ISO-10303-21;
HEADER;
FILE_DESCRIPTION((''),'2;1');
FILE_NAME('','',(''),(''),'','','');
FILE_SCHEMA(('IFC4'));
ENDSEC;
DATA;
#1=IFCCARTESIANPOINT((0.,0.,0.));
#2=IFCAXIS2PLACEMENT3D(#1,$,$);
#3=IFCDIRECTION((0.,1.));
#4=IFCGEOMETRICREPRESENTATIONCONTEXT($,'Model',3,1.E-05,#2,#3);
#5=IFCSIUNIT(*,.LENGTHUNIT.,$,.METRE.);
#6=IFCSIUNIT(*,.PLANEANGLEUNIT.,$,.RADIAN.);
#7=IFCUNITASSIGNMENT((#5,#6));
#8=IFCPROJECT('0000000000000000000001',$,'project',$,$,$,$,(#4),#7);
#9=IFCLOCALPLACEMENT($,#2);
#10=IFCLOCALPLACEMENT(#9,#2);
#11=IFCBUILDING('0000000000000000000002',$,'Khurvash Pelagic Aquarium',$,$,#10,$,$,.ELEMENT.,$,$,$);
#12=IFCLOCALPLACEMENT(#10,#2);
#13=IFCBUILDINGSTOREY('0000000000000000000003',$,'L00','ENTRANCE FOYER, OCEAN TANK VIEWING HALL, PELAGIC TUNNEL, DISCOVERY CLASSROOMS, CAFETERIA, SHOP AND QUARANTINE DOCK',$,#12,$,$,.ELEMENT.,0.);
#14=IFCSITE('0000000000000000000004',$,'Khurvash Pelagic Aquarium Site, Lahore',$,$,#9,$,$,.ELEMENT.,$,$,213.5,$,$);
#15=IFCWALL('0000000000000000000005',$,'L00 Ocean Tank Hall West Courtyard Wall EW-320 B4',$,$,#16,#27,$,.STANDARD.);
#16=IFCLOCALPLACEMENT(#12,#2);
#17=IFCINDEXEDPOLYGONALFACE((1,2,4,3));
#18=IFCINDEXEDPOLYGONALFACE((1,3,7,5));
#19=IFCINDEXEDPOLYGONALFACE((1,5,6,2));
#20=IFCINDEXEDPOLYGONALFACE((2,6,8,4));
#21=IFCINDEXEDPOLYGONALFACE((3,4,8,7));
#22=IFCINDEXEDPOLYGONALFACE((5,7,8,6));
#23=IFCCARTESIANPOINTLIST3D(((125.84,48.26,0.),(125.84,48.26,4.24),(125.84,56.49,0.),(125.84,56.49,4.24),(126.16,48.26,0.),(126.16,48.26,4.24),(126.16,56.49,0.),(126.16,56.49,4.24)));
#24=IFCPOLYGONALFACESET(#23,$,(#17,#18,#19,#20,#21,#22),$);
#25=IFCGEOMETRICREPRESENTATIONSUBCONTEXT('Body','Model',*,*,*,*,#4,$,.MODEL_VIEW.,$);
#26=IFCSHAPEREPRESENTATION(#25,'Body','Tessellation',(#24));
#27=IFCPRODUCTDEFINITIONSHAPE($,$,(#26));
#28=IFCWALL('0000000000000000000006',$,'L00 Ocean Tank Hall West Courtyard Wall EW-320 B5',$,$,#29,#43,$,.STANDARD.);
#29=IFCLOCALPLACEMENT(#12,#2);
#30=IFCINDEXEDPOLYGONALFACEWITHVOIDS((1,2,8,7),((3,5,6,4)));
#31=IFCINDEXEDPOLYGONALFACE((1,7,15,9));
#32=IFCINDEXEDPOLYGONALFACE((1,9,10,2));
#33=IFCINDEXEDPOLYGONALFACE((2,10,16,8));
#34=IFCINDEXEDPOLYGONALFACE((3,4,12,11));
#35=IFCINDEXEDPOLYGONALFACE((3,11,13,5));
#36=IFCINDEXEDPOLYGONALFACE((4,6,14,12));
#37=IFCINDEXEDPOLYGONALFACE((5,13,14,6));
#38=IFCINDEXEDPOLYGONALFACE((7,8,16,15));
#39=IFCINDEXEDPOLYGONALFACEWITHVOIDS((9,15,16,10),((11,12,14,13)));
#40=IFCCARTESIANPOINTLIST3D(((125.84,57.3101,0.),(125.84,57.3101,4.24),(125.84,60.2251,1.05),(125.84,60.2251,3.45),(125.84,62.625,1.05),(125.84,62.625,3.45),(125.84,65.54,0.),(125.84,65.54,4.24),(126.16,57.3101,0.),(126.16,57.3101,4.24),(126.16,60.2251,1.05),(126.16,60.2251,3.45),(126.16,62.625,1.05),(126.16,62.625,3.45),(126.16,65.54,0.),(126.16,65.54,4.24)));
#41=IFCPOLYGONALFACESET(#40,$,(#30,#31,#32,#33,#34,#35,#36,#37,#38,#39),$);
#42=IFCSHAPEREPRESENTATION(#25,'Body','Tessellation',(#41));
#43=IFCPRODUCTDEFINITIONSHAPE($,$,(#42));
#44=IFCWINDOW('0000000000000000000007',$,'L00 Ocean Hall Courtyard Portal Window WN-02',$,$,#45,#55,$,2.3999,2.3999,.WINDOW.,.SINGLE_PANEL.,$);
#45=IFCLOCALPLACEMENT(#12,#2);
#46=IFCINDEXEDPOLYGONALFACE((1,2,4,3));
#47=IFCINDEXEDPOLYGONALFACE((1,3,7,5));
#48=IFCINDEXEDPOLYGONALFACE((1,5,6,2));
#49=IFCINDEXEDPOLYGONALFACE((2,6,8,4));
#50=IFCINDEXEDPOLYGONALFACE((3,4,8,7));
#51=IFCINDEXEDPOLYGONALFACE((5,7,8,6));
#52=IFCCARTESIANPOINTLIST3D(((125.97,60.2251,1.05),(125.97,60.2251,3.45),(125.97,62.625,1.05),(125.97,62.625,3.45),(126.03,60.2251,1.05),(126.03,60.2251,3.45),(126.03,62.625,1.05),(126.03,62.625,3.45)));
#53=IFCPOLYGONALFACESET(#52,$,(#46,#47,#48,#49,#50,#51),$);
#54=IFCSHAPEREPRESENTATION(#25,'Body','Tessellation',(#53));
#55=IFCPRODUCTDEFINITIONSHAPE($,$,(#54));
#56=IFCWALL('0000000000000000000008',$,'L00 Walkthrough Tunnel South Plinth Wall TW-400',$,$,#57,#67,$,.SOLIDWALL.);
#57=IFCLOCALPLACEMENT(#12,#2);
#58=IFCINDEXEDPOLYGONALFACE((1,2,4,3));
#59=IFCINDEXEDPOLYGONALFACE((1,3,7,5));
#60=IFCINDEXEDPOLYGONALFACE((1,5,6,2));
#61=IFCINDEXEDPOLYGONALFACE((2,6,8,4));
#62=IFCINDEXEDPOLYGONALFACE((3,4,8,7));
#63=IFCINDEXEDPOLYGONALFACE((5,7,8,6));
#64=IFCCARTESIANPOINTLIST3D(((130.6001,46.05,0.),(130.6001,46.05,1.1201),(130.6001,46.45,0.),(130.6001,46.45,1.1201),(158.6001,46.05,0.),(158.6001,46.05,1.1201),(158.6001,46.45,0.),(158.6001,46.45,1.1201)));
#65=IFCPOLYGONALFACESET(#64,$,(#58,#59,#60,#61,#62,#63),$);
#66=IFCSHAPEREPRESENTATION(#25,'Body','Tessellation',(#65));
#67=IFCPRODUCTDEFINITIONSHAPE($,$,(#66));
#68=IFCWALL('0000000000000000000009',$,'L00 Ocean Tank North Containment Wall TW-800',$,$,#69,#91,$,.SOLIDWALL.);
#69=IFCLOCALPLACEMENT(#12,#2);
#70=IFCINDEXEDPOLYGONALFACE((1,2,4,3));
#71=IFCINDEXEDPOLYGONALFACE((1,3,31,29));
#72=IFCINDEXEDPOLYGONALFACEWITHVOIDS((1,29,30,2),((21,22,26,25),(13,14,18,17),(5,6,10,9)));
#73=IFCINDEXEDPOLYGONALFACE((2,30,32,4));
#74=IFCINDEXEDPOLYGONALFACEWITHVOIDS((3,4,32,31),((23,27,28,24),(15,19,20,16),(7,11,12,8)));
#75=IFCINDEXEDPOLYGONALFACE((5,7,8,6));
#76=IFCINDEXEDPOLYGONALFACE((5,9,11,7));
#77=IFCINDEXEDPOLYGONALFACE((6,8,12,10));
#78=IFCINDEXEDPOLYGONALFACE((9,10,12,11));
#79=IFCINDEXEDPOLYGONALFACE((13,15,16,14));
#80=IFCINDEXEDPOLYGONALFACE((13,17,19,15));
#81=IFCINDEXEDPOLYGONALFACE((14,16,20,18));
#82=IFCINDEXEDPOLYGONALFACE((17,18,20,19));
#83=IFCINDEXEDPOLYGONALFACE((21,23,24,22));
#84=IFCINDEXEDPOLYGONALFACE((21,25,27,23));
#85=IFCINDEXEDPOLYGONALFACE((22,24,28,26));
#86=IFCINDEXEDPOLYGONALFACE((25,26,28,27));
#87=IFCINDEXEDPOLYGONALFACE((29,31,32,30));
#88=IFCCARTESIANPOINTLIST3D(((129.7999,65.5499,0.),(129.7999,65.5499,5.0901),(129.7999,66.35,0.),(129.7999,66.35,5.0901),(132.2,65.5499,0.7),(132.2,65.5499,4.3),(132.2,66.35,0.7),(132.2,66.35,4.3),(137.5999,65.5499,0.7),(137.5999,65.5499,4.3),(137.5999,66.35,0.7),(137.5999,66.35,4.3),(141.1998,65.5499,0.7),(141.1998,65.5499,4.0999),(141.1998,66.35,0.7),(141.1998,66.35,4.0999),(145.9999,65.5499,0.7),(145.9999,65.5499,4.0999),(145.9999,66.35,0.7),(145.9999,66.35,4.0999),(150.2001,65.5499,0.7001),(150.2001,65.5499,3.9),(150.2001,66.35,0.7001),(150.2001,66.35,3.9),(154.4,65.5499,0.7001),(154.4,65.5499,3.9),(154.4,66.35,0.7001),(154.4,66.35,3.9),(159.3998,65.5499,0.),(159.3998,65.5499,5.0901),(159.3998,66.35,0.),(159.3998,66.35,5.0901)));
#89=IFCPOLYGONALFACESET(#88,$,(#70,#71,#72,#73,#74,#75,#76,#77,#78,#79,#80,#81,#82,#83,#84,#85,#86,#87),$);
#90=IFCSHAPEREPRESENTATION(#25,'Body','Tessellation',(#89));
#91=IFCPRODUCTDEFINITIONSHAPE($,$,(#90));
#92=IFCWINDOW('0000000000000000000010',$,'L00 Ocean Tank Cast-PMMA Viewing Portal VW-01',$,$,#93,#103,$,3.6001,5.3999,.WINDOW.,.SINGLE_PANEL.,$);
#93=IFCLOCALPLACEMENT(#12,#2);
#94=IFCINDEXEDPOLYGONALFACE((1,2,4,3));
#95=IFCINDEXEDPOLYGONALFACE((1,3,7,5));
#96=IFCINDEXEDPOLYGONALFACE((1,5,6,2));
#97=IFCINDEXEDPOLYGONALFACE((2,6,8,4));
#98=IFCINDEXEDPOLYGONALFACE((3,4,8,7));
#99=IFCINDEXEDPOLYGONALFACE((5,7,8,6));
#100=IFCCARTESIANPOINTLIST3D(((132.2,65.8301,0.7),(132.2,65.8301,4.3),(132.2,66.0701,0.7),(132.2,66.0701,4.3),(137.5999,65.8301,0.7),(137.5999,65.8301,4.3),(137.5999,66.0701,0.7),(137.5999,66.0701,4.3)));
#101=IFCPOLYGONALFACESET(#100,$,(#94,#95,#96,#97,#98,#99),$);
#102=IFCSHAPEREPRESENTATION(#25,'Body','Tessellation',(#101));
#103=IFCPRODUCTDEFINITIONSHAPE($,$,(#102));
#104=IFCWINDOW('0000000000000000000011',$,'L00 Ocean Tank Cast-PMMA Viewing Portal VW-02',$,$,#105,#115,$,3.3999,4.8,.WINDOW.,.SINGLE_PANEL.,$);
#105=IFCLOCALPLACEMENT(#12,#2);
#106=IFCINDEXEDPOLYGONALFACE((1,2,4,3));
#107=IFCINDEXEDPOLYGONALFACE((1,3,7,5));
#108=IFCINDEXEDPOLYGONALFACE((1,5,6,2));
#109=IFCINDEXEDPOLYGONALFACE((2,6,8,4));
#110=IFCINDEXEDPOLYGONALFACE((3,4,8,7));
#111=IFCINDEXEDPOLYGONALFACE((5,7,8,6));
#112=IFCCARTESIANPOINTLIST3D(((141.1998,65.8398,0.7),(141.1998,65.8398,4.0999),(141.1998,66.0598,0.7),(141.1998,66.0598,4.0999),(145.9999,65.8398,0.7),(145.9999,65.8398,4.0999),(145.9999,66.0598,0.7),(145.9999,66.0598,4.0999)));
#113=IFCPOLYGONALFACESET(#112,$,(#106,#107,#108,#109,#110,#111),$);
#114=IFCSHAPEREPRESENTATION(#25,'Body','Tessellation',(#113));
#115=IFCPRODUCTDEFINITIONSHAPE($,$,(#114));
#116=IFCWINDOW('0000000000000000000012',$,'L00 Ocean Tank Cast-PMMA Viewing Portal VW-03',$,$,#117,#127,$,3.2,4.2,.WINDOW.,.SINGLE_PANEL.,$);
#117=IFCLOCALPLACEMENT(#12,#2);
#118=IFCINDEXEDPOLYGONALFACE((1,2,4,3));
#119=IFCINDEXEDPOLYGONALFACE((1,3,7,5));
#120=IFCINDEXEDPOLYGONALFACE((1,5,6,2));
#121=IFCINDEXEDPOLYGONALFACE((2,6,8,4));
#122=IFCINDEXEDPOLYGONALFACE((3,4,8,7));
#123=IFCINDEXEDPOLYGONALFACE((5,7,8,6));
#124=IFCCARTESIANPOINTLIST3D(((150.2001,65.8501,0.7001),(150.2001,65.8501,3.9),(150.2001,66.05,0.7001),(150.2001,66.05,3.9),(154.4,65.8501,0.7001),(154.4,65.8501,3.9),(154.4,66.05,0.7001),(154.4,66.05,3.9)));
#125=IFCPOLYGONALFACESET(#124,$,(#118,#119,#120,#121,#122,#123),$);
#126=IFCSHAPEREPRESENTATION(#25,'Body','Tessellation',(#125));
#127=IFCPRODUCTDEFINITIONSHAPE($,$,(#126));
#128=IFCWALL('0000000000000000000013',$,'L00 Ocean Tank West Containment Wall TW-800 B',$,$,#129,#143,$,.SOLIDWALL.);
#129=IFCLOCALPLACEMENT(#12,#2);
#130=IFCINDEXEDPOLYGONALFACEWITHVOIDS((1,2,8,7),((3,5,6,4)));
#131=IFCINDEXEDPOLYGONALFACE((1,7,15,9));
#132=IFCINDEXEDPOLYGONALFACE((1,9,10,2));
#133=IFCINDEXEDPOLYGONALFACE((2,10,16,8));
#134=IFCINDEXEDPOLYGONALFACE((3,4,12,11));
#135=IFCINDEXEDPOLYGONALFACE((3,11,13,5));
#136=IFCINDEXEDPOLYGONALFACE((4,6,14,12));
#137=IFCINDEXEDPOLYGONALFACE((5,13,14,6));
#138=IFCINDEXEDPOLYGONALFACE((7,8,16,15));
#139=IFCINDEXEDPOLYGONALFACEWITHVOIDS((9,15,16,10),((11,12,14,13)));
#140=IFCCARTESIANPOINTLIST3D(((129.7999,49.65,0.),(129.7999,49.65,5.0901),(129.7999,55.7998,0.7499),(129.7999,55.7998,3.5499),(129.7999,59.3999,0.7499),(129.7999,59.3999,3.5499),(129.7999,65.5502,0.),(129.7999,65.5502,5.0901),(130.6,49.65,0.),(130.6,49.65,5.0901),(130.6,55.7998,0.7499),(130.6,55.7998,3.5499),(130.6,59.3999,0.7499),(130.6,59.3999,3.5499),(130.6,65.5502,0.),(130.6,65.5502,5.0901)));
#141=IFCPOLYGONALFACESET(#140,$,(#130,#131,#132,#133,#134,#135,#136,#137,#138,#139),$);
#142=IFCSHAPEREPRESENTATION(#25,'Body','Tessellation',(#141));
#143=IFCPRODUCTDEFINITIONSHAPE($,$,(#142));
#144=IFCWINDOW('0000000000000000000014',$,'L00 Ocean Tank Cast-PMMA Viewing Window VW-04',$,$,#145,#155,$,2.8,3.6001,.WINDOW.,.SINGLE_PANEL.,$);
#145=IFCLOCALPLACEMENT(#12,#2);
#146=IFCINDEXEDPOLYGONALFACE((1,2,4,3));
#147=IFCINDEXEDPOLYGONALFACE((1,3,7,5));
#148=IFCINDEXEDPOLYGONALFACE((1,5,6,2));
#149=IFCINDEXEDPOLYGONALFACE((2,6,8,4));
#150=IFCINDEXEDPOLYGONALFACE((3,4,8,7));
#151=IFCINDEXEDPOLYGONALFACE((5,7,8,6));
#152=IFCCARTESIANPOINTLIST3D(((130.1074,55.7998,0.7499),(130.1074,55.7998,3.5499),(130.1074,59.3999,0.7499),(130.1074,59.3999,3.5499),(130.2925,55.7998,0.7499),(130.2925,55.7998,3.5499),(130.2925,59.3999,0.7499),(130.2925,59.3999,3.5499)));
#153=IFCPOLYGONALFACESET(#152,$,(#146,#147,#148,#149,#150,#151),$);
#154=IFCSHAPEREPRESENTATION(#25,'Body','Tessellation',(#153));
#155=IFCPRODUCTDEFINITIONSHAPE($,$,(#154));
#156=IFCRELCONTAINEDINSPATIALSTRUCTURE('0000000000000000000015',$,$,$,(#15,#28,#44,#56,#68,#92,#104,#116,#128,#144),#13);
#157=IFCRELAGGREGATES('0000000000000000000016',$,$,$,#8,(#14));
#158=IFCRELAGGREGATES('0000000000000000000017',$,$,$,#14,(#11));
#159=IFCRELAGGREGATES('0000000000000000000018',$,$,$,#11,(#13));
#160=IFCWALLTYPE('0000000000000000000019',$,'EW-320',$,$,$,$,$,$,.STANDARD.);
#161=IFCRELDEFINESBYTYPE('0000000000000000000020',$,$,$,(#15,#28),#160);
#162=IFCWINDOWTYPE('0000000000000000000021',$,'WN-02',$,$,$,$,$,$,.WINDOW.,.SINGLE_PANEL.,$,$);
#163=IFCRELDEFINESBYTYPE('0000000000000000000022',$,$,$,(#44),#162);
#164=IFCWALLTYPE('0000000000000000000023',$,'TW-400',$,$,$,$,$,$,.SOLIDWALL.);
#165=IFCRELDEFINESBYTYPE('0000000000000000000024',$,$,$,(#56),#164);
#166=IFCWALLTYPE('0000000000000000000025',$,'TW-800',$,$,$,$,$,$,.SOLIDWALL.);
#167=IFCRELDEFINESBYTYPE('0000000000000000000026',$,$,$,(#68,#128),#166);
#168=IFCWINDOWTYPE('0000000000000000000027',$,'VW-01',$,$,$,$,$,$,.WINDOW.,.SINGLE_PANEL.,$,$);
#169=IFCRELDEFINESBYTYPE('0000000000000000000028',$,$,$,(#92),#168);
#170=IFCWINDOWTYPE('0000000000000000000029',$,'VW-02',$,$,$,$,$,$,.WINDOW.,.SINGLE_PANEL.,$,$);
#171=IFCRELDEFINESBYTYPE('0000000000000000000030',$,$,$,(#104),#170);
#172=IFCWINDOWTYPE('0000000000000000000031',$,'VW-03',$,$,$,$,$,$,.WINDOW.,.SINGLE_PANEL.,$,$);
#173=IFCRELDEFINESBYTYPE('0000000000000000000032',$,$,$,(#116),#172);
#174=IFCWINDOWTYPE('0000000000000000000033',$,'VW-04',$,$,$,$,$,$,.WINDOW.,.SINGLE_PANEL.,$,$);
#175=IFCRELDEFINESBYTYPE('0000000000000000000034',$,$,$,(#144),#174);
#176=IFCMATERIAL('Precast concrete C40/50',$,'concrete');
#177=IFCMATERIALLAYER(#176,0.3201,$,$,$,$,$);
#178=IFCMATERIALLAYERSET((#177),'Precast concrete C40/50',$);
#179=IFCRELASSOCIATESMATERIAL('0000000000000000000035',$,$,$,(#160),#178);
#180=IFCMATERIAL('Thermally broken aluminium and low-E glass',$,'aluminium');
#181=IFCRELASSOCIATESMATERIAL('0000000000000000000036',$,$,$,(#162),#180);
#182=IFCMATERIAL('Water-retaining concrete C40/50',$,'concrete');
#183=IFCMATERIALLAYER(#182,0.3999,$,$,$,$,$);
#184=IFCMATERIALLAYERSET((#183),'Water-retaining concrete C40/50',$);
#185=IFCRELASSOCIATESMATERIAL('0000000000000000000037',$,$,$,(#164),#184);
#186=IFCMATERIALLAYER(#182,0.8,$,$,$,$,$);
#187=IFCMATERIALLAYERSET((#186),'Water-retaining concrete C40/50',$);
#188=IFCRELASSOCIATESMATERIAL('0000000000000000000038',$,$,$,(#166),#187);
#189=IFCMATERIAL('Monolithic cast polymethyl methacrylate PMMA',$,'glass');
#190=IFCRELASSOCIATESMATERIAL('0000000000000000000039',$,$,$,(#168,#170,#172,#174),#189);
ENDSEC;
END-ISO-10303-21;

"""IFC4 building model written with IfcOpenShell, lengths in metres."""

from ifc_helpers import new_model, si_unit, direction, frame, frame_2d, origin, place, context, subcontext, project, spatial, rectangle, extrude, material, layer, layer_set, type_object, element, fill, save


model = new_model("IFC4")

# Units and contexts
model_context = context("Model", 3, precision=1e-05, world=origin(), true_north=direction((0.0, 1.0)))
body_context = subcontext(model_context, "Body", "Model", "MODEL_VIEW")
ifc_project = project(units=[si_unit("LENGTHUNIT", "METRE"), si_unit("PLANEANGLEUNIT", "RADIAN")], contexts=[model_context])

# Site, building, storey
site_placement = place(None, origin())
site = spatial("IfcSite", under=ifc_project, at=site_placement, Name="Khurvash Pelagic Aquarium Site, Lahore", CompositionType="ELEMENT", RefElevation=213.5)
building_placement = place(site_placement, origin())
building = spatial("IfcBuilding", under=site, at=building_placement, Name="Khurvash Pelagic Aquarium", CompositionType="ELEMENT")
storey_placement = place(building_placement, origin())
storey = spatial("IfcBuildingStorey", under=building, at=storey_placement, Name="L00", Description="ENTRANCE FOYER, OCEAN TANK VIEWING HALL, PELAGIC TUNNEL, DISCOVERY CLASSROOMS, CAFETERIA, SHOP AND QUARANTINE DOCK", CompositionType="ELEMENT", Elevation=0.0)

# Shared definitions
ifc_material_1 = material(Name="Water-retaining concrete C40/50", Category="concrete")

# Shared definitions
ifc_material_2 = material(Name="Precast concrete C40/50", Category="concrete")
ifc_layer_1 = layer(ifc_material_2, 0.3201)
ifc_layer_set_1 = layer_set([ifc_layer_1], Name="Precast concrete C40/50")
wall_type_1 = type_object("IfcWallType", Name="EW-320", PredefinedType="STANDARD", material=ifc_layer_set_1)
ifc_material_3 = material(Name="Thermally broken aluminium and low-E glass", Category="aluminium")
window_type_1 = type_object("IfcWindowType", Name="WN-02", PartitioningType="SINGLE_PANEL", PredefinedType="WINDOW", material=ifc_material_3)

# Wall
wall_1_placement = place(storey_placement, frame((126.0, 56.49, 0.0), z_axis=(0.0, 0.0, 1.0), x_axis=(0.0, -1.0, 0.0)))
element("IfcWall", 1, at=wall_1_placement, inside=storey, type_object=wall_type_1, Name="L00 Ocean Tank Hall West Courtyard Wall EW-320 B4", PredefinedType="STANDARD", context=body_context, shape_type="SweptSolid", body=[
    extrude(rectangle(XDim=8.23, YDim=0.3201, at=frame_2d((4.115, 0.0))), origin(), (0.0, 0.0, 1.0), 4.24),
])

# Wall, opening, window
wall_2_placement = place(storey_placement, frame((126.0, 65.54, 0.0), z_axis=(0.0, 0.0, 1.0), x_axis=(0.0, -1.0, 0.0)))
wall_2 = element("IfcWall", 2, at=wall_2_placement, inside=storey, type_object=wall_type_1, Name="L00 Ocean Tank Hall West Courtyard Wall EW-320 B5", PredefinedType="STANDARD", context=body_context, shape_type="SweptSolid", body=[
    extrude(rectangle(XDim=8.23, YDim=0.3201, at=frame_2d((4.115, 0.0))), origin(), (0.0, 0.0, 1.0), 4.24),
])
opening_1_placement = place(wall_2_placement, frame((2.915, 0.0, 1.05)))
opening_1 = element("IfcOpeningElement", 3, at=opening_1_placement, cuts=wall_2, PredefinedType="OPENING", context=body_context, shape_type="SweptSolid", body=[
    extrude(rectangle(XDim=2.3999, YDim=2.3999, at=frame_2d((1.2, 1.2))), frame((0.0, 0.1699, 0.0), z_axis=(0.0, -1.0, 0.0), x_axis=(1.0, 0.0, 0.0)), (0.0, 0.0, 1.0), 0.3401),
])
window_1_placement = place(opening_1_placement, origin())
window_1 = element("IfcWindow", 4, at=window_1_placement, inside=storey, type_object=window_type_1, Name="L00 Ocean Hall Courtyard Portal Window WN-02", OverallHeight=2.3999, OverallWidth=2.3999, PartitioningType="SINGLE_PANEL", PredefinedType="WINDOW", context=body_context, shape_type="SweptSolid", body=[
    extrude(rectangle(XDim=2.3999, YDim=2.3999, at=frame_2d((1.2, 1.2))), frame((0.0, 0.03, 0.0), z_axis=(0.0, -1.0, 0.0), x_axis=(1.0, 0.0, 0.0)), (0.0, 0.0, 1.0), 0.0601),
])
fill(opening_1, window_1)

# Wall
ifc_layer_2 = layer(ifc_material_1, 0.3999)
ifc_layer_set_2 = layer_set([ifc_layer_2], Name="Water-retaining concrete C40/50")
wall_type_2 = type_object("IfcWallType", Name="TW-400", PredefinedType="SOLIDWALL", material=ifc_layer_set_2)
wall_3_placement = place(storey_placement, frame((130.6001, 46.25, 0.0), z_axis=(0.0, 0.0, 1.0), x_axis=(1.0, 0.0, 0.0)))
element("IfcWall", 5, at=wall_3_placement, inside=storey, type_object=wall_type_2, Name="L00 Walkthrough Tunnel South Plinth Wall TW-400", PredefinedType="SOLIDWALL", context=body_context, shape_type="SweptSolid", body=[
    extrude(rectangle(XDim=28.0, YDim=0.3999, at=frame_2d((14.0, 0.0))), origin(), (0.0, 0.0, 1.0), 1.1201),
])

# Wall, openings, windows
ifc_layer_3 = layer(ifc_material_1, 0.8)
ifc_layer_set_3 = layer_set([ifc_layer_3], Name="Water-retaining concrete C40/50")
wall_type_3 = type_object("IfcWallType", Name="TW-800", PredefinedType="SOLIDWALL", material=ifc_layer_set_3)
wall_4_placement = place(storey_placement, frame((129.8, 65.95, 0.0), z_axis=(0.0, 0.0, 1.0), x_axis=(1.0, 0.0, 0.0)))
wall_4 = element("IfcWall", 6, at=wall_4_placement, inside=storey, type_object=wall_type_3, Name="L00 Ocean Tank North Containment Wall TW-800", PredefinedType="SOLIDWALL", context=body_context, shape_type="SweptSolid", body=[
    extrude(rectangle(XDim=29.5999, YDim=0.8, at=frame_2d((14.7998, 0.0))), origin(), (0.0, 0.0, 1.0), 5.0901),
])
opening_2_placement = place(wall_4_placement, frame((2.3999, 0.0, 0.7)))
opening_2 = element("IfcOpeningElement", 7, at=opening_2_placement, cuts=wall_4, PredefinedType="OPENING", context=body_context, shape_type="SweptSolid", body=[
    extrude(rectangle(XDim=5.3999, YDim=3.6001, at=frame_2d((2.7, 1.8))), frame((0.0, 0.4102, 0.0), z_axis=(0.0, -1.0, 0.0), x_axis=(1.0, 0.0, 0.0)), (0.0, 0.0, 1.0), 0.8201),
])
opening_3_placement = place(wall_4_placement, frame((11.3999, 0.0, 0.7)))
opening_3 = element("IfcOpeningElement", 8, at=opening_3_placement, cuts=wall_4, PredefinedType="OPENING", context=body_context, shape_type="SweptSolid", body=[
    extrude(rectangle(XDim=4.8, YDim=3.3999, at=frame_2d((2.3999, 1.7))), frame((0.0, 0.4102, 0.0), z_axis=(0.0, -1.0, 0.0), x_axis=(1.0, 0.0, 0.0)), (0.0, 0.0, 1.0), 0.8201),
])
opening_4_placement = place(wall_4_placement, frame((20.3999, 0.0, 0.7)))
opening_4 = element("IfcOpeningElement", 9, at=opening_4_placement, cuts=wall_4, PredefinedType="OPENING", context=body_context, shape_type="SweptSolid", body=[
    extrude(rectangle(XDim=4.2, YDim=3.2, at=frame_2d((2.1001, 1.6001))), frame((0.0, 0.4102, 0.0), z_axis=(0.0, -1.0, 0.0), x_axis=(1.0, 0.0, 0.0)), (0.0, 0.0, 1.0), 0.8201),
])
ifc_material_4 = material(Name="Monolithic cast polymethyl methacrylate PMMA", Category="glass")
window_type_2 = type_object("IfcWindowType", Name="VW-01", PartitioningType="SINGLE_PANEL", PredefinedType="WINDOW", material=ifc_material_4)
window_2_placement = place(opening_2_placement, origin())
window_2 = element("IfcWindow", 10, at=window_2_placement, inside=storey, type_object=window_type_2, Name="L00 Ocean Tank Cast-PMMA Viewing Portal VW-01", OverallHeight=3.6001, OverallWidth=5.3999, PartitioningType="SINGLE_PANEL", PredefinedType="WINDOW", context=body_context, shape_type="SweptSolid", body=[
    extrude(rectangle(XDim=5.3999, YDim=3.6001, at=frame_2d((2.7, 1.8))), frame((0.0, 0.1201, 0.0), z_axis=(0.0, -1.0, 0.0), x_axis=(1.0, 0.0, 0.0)), (0.0, 0.0, 1.0), 0.24),
])
fill(opening_2, window_2)
window_type_3 = type_object("IfcWindowType", Name="VW-02", PartitioningType="SINGLE_PANEL", PredefinedType="WINDOW", material=ifc_material_4)
window_3_placement = place(opening_3_placement, origin())
window_3 = element("IfcWindow", 11, at=window_3_placement, inside=storey, type_object=window_type_3, Name="L00 Ocean Tank Cast-PMMA Viewing Portal VW-02", OverallHeight=3.3999, OverallWidth=4.8, PartitioningType="SINGLE_PANEL", PredefinedType="WINDOW", context=body_context, shape_type="SweptSolid", body=[
    extrude(rectangle(XDim=4.8, YDim=3.3999, at=frame_2d((2.3999, 1.7))), frame((0.0, 0.1099, 0.0), z_axis=(0.0, -1.0, 0.0), x_axis=(1.0, 0.0, 0.0)), (0.0, 0.0, 1.0), 0.22),
])
fill(opening_3, window_3)
window_type_4 = type_object("IfcWindowType", Name="VW-03", PartitioningType="SINGLE_PANEL", PredefinedType="WINDOW", material=ifc_material_4)
window_4_placement = place(opening_4_placement, origin())
window_4 = element("IfcWindow", 12, at=window_4_placement, inside=storey, type_object=window_type_4, Name="L00 Ocean Tank Cast-PMMA Viewing Portal VW-03", OverallHeight=3.2, OverallWidth=4.2, PartitioningType="SINGLE_PANEL", PredefinedType="WINDOW", context=body_context, shape_type="SweptSolid", body=[
    extrude(rectangle(XDim=4.2, YDim=3.2, at=frame_2d((2.1001, 1.6001))), frame((0.0, 0.1001, 0.0), z_axis=(0.0, -1.0, 0.0), x_axis=(1.0, 0.0, 0.0)), (0.0, 0.0, 1.0), 0.2),
])
fill(opening_4, window_4)

# Wall, opening, window
wall_5_placement = place(storey_placement, frame((130.2, 49.6499, 0.0), z_axis=(0.0, 0.0, 1.0), x_axis=(0.0, 1.0, 0.0)))
wall_5 = element("IfcWall", 13, at=wall_5_placement, inside=storey, type_object=wall_type_3, Name="L00 Ocean Tank West Containment Wall TW-800 B", PredefinedType="SOLIDWALL", context=body_context, shape_type="SweptSolid", body=[
    extrude(rectangle(XDim=15.9001, YDim=0.8, at=frame_2d((7.9502, 0.0))), origin(), (0.0, 0.0, 1.0), 5.0901),
])
opening_5_placement = place(wall_5_placement, frame((6.1499, 0.0, 0.75)))
opening_5 = element("IfcOpeningElement", 14, at=opening_5_placement, cuts=wall_5, PredefinedType="OPENING", context=body_context, shape_type="SweptSolid", body=[
    extrude(rectangle(XDim=3.6001, YDim=2.8, at=frame_2d((1.8, 1.3999))), frame((0.0, 0.4102, 0.0), z_axis=(0.0, -1.0, 0.0), x_axis=(1.0, 0.0, 0.0)), (0.0, 0.0, 1.0), 0.8201),
])
window_type_5 = type_object("IfcWindowType", Name="VW-04", PartitioningType="SINGLE_PANEL", PredefinedType="WINDOW", material=ifc_material_4)
window_5_placement = place(opening_5_placement, origin())
window_5 = element("IfcWindow", 15, at=window_5_placement, inside=storey, type_object=window_type_5, Name="L00 Ocean Tank Cast-PMMA Viewing Window VW-04", OverallHeight=2.8, OverallWidth=3.6001, PartitioningType="SINGLE_PANEL", PredefinedType="WINDOW", context=body_context, shape_type="SweptSolid", body=[
    extrude(rectangle(XDim=3.6001, YDim=2.8, at=frame_2d((1.8, 1.3999))), frame((0.0, 0.0925, 0.0), z_axis=(0.0, -1.0, 0.0), x_axis=(1.0, 0.0, 0.0)), (0.0, 0.0, 1.0), 0.1851),
])
fill(opening_5, window_5)

save(model, "model.ifc")
